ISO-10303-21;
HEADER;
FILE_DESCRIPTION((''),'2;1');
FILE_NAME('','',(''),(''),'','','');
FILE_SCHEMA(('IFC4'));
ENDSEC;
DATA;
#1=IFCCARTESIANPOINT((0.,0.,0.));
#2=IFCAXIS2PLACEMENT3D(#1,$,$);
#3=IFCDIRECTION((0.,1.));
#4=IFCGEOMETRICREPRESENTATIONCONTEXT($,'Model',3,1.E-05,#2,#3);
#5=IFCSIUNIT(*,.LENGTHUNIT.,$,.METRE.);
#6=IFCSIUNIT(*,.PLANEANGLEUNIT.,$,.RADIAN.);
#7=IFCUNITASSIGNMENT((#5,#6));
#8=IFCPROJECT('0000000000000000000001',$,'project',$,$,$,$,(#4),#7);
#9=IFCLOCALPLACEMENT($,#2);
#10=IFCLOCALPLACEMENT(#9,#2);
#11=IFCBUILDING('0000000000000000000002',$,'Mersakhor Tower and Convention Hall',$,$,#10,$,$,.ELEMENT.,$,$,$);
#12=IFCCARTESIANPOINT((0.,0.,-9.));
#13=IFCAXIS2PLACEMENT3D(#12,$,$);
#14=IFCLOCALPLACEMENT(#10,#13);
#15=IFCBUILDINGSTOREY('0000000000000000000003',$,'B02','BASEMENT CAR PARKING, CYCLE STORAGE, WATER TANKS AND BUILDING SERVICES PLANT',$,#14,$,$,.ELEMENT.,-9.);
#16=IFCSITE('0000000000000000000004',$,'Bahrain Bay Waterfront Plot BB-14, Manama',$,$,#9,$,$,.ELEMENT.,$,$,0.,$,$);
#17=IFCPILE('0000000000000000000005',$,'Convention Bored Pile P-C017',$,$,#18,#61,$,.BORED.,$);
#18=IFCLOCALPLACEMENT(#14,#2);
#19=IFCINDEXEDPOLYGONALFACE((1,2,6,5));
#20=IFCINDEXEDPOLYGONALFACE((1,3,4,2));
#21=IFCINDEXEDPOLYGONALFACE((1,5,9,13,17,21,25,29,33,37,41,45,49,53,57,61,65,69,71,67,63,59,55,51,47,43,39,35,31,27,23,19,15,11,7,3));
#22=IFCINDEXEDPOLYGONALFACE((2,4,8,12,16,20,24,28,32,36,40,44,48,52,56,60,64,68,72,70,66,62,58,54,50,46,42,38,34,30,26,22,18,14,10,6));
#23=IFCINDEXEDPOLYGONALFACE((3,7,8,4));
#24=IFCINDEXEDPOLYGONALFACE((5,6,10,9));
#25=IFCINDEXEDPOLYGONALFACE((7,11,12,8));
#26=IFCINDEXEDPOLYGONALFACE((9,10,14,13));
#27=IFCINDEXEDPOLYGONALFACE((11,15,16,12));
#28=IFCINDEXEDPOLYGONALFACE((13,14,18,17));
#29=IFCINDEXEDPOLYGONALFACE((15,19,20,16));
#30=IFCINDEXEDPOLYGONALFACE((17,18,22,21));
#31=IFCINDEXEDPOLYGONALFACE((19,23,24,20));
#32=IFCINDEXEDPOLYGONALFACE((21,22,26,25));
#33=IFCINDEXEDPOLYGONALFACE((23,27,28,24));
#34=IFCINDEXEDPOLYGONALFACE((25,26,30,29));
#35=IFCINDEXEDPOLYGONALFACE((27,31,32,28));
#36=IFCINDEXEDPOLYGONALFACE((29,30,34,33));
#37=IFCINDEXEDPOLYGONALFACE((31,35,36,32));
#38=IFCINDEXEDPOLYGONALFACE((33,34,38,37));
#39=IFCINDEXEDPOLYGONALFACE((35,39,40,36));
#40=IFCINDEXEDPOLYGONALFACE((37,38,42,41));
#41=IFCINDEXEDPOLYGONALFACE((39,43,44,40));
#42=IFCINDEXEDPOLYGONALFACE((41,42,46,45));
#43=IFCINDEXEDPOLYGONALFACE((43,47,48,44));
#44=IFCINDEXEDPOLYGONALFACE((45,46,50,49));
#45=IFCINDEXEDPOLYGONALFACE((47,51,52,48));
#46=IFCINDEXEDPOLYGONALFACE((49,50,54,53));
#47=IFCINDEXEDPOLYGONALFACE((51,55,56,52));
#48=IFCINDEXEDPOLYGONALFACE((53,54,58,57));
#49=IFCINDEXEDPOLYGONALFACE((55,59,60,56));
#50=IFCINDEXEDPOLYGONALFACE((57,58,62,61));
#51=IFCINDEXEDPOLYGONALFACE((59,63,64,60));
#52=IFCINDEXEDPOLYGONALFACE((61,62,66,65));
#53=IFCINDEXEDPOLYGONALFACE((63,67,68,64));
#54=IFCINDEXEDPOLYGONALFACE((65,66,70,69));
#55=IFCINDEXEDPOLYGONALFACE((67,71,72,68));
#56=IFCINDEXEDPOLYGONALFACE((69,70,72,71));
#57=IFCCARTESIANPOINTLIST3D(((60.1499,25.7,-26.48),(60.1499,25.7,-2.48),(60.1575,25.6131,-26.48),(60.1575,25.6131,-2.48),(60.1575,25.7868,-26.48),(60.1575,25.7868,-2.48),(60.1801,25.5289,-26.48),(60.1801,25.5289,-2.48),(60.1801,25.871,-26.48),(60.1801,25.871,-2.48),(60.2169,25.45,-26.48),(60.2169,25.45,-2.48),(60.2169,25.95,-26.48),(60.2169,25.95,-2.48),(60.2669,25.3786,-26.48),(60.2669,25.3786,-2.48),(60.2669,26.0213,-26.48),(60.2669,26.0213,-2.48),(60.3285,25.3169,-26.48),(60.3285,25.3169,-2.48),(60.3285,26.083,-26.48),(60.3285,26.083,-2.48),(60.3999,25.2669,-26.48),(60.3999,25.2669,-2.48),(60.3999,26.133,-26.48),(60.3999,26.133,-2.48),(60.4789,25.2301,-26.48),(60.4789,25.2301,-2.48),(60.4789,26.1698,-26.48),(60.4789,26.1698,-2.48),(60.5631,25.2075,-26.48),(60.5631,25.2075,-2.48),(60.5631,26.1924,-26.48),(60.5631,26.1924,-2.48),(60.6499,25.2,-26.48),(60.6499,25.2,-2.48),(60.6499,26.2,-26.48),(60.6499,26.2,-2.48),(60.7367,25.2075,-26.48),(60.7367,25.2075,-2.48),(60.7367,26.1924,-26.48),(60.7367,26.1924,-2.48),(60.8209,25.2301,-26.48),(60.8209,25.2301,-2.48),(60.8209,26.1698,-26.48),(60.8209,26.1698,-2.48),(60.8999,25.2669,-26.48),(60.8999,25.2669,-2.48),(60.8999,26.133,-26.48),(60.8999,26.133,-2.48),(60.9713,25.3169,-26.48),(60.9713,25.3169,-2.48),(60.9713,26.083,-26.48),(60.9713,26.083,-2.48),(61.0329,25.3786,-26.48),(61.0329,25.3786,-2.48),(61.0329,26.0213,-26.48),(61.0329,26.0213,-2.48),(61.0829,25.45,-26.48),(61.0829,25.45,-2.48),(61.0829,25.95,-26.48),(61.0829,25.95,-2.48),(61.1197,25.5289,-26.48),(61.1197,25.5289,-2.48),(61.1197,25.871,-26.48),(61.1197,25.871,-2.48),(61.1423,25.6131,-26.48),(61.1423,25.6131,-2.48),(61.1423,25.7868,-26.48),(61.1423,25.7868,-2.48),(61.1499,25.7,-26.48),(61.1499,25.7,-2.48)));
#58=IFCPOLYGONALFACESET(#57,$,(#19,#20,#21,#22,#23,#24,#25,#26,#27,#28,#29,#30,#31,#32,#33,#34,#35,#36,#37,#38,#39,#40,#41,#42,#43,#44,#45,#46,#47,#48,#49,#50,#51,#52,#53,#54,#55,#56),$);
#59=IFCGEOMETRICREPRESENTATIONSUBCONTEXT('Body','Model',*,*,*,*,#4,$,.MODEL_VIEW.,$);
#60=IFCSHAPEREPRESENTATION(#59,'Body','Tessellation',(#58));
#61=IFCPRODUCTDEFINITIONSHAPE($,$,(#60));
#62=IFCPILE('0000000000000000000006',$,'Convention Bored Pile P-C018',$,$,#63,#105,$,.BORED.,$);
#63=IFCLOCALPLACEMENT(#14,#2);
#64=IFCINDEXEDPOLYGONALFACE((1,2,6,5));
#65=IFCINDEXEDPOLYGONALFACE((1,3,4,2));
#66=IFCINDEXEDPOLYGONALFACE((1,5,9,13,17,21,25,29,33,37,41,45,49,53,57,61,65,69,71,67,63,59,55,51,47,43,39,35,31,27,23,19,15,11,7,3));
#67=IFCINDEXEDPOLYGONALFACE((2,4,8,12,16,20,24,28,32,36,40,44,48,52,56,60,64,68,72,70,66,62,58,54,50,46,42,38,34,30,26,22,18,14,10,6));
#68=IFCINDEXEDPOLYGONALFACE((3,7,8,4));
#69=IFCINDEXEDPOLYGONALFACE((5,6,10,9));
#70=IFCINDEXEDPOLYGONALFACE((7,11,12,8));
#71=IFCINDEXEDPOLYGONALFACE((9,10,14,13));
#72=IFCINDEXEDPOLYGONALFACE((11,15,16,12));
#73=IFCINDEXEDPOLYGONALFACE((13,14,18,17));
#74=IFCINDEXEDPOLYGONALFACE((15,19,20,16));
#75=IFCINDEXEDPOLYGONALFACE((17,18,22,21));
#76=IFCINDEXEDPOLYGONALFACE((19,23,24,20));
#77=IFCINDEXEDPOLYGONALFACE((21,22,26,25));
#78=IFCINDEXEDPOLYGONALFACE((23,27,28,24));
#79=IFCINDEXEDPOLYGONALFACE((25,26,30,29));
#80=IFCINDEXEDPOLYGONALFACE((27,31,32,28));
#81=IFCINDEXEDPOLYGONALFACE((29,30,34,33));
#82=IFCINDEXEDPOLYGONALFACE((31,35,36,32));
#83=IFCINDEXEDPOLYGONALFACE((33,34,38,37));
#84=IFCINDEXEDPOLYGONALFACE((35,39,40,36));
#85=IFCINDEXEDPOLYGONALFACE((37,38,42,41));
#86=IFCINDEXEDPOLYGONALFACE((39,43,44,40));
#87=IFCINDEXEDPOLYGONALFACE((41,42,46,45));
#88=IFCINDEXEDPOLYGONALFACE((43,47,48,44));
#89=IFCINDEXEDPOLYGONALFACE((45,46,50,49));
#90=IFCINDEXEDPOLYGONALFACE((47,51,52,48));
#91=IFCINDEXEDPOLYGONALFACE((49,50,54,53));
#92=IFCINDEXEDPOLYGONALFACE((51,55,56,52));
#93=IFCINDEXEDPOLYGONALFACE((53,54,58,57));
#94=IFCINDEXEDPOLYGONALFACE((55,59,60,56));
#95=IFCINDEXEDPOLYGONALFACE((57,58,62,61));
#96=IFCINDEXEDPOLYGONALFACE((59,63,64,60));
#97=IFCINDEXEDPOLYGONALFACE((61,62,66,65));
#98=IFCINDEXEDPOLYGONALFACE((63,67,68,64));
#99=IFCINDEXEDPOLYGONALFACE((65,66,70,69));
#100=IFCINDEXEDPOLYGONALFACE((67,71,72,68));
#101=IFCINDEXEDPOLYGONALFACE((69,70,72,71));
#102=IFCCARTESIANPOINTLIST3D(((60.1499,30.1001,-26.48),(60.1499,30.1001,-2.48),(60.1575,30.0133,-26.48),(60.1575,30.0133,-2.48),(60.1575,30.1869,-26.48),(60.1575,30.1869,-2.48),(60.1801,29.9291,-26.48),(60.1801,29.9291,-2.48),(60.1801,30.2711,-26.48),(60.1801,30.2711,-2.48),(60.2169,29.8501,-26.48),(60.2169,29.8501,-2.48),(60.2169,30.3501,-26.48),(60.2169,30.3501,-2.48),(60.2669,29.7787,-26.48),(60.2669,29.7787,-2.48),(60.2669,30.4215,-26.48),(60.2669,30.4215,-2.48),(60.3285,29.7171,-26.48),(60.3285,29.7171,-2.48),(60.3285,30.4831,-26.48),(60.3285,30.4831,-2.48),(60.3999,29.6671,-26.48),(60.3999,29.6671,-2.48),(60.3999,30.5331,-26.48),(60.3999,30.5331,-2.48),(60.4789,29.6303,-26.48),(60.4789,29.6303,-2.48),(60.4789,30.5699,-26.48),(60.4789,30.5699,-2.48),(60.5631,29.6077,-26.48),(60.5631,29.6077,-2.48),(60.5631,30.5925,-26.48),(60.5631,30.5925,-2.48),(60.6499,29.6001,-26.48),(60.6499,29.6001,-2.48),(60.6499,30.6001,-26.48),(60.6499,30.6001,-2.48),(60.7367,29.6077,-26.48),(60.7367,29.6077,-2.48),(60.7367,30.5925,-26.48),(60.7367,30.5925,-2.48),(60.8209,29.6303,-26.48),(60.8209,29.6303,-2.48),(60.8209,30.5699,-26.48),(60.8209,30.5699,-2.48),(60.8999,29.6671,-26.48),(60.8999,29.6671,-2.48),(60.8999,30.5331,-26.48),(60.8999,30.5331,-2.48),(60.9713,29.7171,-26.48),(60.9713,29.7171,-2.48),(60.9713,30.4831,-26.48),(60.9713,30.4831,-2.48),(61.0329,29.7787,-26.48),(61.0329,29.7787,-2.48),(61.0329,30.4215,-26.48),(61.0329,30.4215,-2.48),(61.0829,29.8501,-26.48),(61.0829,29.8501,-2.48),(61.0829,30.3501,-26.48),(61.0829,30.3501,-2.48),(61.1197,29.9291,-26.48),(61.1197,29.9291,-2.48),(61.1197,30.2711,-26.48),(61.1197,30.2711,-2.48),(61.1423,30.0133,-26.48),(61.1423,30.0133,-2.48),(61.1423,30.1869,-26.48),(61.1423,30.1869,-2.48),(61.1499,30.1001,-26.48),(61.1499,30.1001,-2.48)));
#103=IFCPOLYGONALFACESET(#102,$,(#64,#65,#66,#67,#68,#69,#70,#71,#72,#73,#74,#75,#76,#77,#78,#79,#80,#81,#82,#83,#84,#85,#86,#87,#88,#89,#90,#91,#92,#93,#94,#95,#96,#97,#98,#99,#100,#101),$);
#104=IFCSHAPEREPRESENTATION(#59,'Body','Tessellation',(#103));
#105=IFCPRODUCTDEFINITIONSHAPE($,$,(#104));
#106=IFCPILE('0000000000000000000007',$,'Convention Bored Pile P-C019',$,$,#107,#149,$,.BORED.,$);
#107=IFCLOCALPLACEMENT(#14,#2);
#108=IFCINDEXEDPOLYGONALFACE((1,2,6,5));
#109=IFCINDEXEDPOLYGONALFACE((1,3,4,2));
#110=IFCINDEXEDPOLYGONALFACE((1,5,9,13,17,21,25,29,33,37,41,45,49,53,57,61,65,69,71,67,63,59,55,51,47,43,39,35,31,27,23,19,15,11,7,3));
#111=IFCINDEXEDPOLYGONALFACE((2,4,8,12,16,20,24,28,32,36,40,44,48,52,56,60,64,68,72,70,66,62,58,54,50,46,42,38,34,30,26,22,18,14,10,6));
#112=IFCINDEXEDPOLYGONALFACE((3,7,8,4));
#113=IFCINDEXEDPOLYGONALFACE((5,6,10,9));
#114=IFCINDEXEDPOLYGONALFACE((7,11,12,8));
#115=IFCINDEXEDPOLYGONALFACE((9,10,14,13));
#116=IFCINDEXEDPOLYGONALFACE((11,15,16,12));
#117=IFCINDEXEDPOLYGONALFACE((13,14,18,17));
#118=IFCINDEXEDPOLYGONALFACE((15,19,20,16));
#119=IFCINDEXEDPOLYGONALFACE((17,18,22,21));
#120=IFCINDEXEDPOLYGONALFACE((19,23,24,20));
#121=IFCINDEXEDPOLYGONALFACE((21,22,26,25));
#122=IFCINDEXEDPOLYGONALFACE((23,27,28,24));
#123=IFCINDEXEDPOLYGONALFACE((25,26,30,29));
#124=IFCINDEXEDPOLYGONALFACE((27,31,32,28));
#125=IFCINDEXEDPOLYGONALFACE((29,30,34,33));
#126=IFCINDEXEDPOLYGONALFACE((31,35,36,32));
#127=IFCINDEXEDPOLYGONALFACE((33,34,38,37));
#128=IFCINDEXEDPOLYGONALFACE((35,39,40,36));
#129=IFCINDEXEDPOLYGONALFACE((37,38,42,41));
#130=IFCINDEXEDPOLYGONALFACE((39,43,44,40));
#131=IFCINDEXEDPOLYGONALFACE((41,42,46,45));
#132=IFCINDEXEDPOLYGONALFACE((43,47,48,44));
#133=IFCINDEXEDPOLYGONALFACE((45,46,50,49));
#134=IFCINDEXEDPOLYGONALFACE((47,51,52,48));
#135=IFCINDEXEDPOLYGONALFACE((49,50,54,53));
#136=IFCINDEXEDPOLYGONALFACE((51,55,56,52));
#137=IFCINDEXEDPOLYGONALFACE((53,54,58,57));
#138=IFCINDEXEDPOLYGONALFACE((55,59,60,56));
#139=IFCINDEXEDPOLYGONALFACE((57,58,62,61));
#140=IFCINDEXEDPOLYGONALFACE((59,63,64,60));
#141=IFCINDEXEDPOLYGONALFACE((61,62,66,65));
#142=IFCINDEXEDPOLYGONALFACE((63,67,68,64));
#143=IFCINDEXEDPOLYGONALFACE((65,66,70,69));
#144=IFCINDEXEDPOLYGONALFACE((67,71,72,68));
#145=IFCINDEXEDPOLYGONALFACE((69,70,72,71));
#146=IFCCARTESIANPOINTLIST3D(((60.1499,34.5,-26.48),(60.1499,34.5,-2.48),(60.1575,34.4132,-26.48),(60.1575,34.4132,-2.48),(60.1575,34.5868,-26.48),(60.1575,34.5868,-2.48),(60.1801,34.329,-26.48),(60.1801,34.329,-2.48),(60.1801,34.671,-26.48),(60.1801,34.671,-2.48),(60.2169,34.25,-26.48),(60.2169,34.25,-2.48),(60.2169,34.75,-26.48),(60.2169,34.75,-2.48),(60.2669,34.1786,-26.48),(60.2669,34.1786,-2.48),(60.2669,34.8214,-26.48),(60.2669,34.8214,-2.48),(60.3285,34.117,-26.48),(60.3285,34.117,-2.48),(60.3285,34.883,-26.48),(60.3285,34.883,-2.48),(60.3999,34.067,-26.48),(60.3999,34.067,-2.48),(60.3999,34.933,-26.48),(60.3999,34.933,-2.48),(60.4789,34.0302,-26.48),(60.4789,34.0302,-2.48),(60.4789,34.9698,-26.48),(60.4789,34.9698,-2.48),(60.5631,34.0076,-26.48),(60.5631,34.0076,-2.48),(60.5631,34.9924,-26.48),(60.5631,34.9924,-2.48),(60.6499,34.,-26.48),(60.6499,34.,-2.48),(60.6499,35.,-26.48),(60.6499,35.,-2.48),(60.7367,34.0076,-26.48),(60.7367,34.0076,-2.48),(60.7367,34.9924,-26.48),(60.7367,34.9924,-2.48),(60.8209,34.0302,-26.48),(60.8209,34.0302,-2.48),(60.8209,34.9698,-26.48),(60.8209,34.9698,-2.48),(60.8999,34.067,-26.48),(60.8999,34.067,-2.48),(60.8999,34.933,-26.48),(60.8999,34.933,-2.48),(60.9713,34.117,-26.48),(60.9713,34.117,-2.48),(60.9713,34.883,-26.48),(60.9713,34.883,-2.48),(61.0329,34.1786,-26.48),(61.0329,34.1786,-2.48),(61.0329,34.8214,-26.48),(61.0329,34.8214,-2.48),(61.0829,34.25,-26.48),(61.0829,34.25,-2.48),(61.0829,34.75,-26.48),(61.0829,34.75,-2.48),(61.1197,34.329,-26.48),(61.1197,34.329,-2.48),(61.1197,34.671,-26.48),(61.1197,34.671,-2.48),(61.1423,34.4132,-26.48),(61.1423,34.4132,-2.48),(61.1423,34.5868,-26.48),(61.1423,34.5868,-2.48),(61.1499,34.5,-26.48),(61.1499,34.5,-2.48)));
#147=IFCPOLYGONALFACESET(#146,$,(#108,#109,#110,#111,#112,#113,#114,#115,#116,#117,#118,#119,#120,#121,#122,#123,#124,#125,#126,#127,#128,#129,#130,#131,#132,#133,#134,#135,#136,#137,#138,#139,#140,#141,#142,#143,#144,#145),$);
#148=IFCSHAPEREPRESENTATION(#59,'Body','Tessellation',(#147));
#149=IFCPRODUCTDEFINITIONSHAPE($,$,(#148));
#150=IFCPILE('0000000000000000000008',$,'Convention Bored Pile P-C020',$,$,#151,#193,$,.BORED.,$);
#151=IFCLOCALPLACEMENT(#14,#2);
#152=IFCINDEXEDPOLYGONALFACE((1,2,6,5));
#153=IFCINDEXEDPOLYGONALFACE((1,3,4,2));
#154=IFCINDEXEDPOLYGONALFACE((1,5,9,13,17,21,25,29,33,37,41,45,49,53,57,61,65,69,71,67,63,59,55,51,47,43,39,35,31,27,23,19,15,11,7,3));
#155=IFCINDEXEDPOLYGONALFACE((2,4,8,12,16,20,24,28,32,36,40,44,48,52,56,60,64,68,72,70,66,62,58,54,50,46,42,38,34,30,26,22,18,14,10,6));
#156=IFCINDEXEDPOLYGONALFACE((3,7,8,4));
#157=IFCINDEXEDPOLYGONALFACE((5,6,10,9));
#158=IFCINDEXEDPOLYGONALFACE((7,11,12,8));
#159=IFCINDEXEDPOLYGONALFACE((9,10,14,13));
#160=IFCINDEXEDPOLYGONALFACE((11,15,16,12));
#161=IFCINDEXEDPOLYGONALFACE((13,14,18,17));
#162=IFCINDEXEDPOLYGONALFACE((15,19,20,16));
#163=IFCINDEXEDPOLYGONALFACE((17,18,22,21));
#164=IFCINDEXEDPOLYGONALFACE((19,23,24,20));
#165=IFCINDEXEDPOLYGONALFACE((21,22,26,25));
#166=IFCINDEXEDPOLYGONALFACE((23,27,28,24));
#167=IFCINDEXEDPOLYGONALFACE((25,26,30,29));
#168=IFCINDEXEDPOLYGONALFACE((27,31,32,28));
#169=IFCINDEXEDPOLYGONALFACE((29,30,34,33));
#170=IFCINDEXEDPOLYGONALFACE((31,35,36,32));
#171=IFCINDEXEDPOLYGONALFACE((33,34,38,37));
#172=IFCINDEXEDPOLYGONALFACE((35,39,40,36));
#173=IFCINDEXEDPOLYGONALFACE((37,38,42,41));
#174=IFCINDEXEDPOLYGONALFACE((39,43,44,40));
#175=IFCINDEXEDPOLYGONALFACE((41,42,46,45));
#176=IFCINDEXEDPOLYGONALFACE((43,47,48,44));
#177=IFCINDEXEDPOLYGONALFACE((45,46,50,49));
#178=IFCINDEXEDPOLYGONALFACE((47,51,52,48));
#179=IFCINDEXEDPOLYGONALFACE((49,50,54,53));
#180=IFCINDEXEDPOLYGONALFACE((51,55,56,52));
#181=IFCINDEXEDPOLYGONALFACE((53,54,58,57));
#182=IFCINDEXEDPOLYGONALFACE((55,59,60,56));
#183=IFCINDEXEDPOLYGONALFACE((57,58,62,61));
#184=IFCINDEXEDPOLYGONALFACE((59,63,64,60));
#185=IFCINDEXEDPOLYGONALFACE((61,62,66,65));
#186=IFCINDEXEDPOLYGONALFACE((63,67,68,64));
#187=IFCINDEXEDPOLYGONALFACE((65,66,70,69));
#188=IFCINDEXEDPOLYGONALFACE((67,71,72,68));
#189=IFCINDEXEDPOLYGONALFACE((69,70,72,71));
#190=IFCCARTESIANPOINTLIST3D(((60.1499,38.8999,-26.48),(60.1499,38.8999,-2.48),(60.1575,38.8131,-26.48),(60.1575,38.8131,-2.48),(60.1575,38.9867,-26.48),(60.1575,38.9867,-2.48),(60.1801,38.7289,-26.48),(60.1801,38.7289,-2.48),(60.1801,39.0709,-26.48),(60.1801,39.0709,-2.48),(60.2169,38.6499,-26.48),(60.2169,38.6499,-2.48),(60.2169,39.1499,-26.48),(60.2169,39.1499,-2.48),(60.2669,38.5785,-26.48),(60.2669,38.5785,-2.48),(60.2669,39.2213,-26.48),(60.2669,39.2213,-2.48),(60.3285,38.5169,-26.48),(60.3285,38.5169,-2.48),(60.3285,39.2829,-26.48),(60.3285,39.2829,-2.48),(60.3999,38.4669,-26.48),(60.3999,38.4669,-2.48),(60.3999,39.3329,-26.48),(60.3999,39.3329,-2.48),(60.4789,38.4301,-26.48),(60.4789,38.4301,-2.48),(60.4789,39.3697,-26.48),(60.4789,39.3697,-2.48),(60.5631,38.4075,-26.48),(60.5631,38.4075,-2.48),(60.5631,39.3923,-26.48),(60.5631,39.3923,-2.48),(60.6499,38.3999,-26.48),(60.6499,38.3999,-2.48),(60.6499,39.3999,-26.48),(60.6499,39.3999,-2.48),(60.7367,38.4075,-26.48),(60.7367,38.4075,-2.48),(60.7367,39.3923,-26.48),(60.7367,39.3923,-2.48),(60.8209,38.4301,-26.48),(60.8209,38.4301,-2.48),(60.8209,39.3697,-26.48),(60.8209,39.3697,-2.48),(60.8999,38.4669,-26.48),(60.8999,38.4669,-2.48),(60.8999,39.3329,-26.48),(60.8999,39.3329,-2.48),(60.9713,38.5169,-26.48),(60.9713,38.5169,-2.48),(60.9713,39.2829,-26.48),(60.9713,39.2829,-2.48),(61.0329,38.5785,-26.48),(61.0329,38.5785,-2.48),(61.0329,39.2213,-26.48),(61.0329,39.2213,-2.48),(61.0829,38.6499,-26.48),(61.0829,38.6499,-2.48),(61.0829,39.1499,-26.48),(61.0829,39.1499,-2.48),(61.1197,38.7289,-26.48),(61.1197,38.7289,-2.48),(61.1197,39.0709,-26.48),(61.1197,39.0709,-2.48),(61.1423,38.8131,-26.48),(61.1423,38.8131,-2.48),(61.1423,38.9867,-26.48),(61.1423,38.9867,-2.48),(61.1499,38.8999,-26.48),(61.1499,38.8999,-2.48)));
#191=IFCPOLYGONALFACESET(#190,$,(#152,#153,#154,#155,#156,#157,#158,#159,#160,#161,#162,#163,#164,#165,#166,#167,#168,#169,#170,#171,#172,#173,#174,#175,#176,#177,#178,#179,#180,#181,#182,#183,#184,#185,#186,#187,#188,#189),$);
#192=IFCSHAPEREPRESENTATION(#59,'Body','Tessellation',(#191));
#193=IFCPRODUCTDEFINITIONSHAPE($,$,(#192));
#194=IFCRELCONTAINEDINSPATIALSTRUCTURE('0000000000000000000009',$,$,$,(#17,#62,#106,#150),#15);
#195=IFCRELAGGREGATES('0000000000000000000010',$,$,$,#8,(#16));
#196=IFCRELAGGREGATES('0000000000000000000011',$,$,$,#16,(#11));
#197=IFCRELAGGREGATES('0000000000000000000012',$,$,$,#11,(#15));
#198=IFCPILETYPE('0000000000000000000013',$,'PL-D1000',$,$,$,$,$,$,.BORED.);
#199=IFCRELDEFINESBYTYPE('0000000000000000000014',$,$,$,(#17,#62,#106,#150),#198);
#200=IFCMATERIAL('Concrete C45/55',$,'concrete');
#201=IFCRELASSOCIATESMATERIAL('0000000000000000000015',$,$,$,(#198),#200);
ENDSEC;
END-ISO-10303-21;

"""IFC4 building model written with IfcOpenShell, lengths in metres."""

from ifc_helpers import new_model, si_unit, direction, frame, origin, origin_2d, place, context, subcontext, project, spatial, circle, extrude, material, material_profile, profile_set, type_object, element, save


model = new_model("IFC4")

# Units and contexts
model_context = context("Model", 3, precision=1e-05, world=origin(), true_north=direction((0.0, 1.0)))
body_context = subcontext(model_context, "Body", "Model", "MODEL_VIEW")
ifc_project = project(units=[si_unit("LENGTHUNIT", "METRE"), si_unit("PLANEANGLEUNIT", "RADIAN")], contexts=[model_context])

# Site, building, storey
site_placement = place(None, origin())
site = spatial("IfcSite", under=ifc_project, at=site_placement, Name="Bahrain Bay Waterfront Plot BB-14, Manama", CompositionType="ELEMENT", RefElevation=0.0)
building_placement = place(site_placement, origin())
building = spatial("IfcBuilding", under=site, at=building_placement, Name="Mersakhor Tower and Convention Hall", CompositionType="ELEMENT")
storey_placement = place(building_placement, frame((0.0, 0.0, -9.0)))
storey = spatial("IfcBuildingStorey", under=building, at=storey_placement, Name="B02", Description="BASEMENT CAR PARKING, CYCLE STORAGE, WATER TANKS AND BUILDING SERVICES PLANT", CompositionType="ELEMENT", Elevation=-9.0)

# Piles
ifc_material_1 = material(Name="Concrete C45/55", Category="concrete")
ifc_material_profile_1 = material_profile(ifc_material_1, circle(Radius=0.5, at=origin_2d()), Name="PILE D1000")
ifc_profile_set_1 = profile_set([ifc_material_profile_1], Name="Concrete C45/55")
pile_type = type_object("IfcPileType", Name="PL-D1000", PredefinedType="BORED", material=ifc_profile_set_1)
for number, where, z_axis, x_axis, name in (
    (1, (60.6499, 25.7, -2.48), (0.0, 0.0, -1.0), (1.0, 0.0, 0.0), "Convention Bored Pile P-C017"),
    (2, (60.6499, 30.1001, -2.48), (0.0, 0.0, -1.0), (1.0, 0.0, 0.0), "Convention Bored Pile P-C018"),
    (3, (60.6499, 34.5, -2.48), (0.0, 0.0, -1.0), (1.0, 0.0, 0.0), "Convention Bored Pile P-C019"),
    (4, (60.6499, 38.8999, -2.48), (0.0, 0.0, -1.0), (1.0, 0.0, 0.0), "Convention Bored Pile P-C020"),
):
    element("IfcPile", number, at=place(storey_placement, frame(where, z_axis=z_axis, x_axis=x_axis)), inside=storey, type_object=pile_type, Name=name, PredefinedType="BORED", context=body_context, shape_type="SweptSolid", body=[
        extrude(circle(Radius=0.5, at=origin_2d()), origin(), (0.0, 0.0, 1.0), 24.0),
    ])

save(model, "model.ifc")
